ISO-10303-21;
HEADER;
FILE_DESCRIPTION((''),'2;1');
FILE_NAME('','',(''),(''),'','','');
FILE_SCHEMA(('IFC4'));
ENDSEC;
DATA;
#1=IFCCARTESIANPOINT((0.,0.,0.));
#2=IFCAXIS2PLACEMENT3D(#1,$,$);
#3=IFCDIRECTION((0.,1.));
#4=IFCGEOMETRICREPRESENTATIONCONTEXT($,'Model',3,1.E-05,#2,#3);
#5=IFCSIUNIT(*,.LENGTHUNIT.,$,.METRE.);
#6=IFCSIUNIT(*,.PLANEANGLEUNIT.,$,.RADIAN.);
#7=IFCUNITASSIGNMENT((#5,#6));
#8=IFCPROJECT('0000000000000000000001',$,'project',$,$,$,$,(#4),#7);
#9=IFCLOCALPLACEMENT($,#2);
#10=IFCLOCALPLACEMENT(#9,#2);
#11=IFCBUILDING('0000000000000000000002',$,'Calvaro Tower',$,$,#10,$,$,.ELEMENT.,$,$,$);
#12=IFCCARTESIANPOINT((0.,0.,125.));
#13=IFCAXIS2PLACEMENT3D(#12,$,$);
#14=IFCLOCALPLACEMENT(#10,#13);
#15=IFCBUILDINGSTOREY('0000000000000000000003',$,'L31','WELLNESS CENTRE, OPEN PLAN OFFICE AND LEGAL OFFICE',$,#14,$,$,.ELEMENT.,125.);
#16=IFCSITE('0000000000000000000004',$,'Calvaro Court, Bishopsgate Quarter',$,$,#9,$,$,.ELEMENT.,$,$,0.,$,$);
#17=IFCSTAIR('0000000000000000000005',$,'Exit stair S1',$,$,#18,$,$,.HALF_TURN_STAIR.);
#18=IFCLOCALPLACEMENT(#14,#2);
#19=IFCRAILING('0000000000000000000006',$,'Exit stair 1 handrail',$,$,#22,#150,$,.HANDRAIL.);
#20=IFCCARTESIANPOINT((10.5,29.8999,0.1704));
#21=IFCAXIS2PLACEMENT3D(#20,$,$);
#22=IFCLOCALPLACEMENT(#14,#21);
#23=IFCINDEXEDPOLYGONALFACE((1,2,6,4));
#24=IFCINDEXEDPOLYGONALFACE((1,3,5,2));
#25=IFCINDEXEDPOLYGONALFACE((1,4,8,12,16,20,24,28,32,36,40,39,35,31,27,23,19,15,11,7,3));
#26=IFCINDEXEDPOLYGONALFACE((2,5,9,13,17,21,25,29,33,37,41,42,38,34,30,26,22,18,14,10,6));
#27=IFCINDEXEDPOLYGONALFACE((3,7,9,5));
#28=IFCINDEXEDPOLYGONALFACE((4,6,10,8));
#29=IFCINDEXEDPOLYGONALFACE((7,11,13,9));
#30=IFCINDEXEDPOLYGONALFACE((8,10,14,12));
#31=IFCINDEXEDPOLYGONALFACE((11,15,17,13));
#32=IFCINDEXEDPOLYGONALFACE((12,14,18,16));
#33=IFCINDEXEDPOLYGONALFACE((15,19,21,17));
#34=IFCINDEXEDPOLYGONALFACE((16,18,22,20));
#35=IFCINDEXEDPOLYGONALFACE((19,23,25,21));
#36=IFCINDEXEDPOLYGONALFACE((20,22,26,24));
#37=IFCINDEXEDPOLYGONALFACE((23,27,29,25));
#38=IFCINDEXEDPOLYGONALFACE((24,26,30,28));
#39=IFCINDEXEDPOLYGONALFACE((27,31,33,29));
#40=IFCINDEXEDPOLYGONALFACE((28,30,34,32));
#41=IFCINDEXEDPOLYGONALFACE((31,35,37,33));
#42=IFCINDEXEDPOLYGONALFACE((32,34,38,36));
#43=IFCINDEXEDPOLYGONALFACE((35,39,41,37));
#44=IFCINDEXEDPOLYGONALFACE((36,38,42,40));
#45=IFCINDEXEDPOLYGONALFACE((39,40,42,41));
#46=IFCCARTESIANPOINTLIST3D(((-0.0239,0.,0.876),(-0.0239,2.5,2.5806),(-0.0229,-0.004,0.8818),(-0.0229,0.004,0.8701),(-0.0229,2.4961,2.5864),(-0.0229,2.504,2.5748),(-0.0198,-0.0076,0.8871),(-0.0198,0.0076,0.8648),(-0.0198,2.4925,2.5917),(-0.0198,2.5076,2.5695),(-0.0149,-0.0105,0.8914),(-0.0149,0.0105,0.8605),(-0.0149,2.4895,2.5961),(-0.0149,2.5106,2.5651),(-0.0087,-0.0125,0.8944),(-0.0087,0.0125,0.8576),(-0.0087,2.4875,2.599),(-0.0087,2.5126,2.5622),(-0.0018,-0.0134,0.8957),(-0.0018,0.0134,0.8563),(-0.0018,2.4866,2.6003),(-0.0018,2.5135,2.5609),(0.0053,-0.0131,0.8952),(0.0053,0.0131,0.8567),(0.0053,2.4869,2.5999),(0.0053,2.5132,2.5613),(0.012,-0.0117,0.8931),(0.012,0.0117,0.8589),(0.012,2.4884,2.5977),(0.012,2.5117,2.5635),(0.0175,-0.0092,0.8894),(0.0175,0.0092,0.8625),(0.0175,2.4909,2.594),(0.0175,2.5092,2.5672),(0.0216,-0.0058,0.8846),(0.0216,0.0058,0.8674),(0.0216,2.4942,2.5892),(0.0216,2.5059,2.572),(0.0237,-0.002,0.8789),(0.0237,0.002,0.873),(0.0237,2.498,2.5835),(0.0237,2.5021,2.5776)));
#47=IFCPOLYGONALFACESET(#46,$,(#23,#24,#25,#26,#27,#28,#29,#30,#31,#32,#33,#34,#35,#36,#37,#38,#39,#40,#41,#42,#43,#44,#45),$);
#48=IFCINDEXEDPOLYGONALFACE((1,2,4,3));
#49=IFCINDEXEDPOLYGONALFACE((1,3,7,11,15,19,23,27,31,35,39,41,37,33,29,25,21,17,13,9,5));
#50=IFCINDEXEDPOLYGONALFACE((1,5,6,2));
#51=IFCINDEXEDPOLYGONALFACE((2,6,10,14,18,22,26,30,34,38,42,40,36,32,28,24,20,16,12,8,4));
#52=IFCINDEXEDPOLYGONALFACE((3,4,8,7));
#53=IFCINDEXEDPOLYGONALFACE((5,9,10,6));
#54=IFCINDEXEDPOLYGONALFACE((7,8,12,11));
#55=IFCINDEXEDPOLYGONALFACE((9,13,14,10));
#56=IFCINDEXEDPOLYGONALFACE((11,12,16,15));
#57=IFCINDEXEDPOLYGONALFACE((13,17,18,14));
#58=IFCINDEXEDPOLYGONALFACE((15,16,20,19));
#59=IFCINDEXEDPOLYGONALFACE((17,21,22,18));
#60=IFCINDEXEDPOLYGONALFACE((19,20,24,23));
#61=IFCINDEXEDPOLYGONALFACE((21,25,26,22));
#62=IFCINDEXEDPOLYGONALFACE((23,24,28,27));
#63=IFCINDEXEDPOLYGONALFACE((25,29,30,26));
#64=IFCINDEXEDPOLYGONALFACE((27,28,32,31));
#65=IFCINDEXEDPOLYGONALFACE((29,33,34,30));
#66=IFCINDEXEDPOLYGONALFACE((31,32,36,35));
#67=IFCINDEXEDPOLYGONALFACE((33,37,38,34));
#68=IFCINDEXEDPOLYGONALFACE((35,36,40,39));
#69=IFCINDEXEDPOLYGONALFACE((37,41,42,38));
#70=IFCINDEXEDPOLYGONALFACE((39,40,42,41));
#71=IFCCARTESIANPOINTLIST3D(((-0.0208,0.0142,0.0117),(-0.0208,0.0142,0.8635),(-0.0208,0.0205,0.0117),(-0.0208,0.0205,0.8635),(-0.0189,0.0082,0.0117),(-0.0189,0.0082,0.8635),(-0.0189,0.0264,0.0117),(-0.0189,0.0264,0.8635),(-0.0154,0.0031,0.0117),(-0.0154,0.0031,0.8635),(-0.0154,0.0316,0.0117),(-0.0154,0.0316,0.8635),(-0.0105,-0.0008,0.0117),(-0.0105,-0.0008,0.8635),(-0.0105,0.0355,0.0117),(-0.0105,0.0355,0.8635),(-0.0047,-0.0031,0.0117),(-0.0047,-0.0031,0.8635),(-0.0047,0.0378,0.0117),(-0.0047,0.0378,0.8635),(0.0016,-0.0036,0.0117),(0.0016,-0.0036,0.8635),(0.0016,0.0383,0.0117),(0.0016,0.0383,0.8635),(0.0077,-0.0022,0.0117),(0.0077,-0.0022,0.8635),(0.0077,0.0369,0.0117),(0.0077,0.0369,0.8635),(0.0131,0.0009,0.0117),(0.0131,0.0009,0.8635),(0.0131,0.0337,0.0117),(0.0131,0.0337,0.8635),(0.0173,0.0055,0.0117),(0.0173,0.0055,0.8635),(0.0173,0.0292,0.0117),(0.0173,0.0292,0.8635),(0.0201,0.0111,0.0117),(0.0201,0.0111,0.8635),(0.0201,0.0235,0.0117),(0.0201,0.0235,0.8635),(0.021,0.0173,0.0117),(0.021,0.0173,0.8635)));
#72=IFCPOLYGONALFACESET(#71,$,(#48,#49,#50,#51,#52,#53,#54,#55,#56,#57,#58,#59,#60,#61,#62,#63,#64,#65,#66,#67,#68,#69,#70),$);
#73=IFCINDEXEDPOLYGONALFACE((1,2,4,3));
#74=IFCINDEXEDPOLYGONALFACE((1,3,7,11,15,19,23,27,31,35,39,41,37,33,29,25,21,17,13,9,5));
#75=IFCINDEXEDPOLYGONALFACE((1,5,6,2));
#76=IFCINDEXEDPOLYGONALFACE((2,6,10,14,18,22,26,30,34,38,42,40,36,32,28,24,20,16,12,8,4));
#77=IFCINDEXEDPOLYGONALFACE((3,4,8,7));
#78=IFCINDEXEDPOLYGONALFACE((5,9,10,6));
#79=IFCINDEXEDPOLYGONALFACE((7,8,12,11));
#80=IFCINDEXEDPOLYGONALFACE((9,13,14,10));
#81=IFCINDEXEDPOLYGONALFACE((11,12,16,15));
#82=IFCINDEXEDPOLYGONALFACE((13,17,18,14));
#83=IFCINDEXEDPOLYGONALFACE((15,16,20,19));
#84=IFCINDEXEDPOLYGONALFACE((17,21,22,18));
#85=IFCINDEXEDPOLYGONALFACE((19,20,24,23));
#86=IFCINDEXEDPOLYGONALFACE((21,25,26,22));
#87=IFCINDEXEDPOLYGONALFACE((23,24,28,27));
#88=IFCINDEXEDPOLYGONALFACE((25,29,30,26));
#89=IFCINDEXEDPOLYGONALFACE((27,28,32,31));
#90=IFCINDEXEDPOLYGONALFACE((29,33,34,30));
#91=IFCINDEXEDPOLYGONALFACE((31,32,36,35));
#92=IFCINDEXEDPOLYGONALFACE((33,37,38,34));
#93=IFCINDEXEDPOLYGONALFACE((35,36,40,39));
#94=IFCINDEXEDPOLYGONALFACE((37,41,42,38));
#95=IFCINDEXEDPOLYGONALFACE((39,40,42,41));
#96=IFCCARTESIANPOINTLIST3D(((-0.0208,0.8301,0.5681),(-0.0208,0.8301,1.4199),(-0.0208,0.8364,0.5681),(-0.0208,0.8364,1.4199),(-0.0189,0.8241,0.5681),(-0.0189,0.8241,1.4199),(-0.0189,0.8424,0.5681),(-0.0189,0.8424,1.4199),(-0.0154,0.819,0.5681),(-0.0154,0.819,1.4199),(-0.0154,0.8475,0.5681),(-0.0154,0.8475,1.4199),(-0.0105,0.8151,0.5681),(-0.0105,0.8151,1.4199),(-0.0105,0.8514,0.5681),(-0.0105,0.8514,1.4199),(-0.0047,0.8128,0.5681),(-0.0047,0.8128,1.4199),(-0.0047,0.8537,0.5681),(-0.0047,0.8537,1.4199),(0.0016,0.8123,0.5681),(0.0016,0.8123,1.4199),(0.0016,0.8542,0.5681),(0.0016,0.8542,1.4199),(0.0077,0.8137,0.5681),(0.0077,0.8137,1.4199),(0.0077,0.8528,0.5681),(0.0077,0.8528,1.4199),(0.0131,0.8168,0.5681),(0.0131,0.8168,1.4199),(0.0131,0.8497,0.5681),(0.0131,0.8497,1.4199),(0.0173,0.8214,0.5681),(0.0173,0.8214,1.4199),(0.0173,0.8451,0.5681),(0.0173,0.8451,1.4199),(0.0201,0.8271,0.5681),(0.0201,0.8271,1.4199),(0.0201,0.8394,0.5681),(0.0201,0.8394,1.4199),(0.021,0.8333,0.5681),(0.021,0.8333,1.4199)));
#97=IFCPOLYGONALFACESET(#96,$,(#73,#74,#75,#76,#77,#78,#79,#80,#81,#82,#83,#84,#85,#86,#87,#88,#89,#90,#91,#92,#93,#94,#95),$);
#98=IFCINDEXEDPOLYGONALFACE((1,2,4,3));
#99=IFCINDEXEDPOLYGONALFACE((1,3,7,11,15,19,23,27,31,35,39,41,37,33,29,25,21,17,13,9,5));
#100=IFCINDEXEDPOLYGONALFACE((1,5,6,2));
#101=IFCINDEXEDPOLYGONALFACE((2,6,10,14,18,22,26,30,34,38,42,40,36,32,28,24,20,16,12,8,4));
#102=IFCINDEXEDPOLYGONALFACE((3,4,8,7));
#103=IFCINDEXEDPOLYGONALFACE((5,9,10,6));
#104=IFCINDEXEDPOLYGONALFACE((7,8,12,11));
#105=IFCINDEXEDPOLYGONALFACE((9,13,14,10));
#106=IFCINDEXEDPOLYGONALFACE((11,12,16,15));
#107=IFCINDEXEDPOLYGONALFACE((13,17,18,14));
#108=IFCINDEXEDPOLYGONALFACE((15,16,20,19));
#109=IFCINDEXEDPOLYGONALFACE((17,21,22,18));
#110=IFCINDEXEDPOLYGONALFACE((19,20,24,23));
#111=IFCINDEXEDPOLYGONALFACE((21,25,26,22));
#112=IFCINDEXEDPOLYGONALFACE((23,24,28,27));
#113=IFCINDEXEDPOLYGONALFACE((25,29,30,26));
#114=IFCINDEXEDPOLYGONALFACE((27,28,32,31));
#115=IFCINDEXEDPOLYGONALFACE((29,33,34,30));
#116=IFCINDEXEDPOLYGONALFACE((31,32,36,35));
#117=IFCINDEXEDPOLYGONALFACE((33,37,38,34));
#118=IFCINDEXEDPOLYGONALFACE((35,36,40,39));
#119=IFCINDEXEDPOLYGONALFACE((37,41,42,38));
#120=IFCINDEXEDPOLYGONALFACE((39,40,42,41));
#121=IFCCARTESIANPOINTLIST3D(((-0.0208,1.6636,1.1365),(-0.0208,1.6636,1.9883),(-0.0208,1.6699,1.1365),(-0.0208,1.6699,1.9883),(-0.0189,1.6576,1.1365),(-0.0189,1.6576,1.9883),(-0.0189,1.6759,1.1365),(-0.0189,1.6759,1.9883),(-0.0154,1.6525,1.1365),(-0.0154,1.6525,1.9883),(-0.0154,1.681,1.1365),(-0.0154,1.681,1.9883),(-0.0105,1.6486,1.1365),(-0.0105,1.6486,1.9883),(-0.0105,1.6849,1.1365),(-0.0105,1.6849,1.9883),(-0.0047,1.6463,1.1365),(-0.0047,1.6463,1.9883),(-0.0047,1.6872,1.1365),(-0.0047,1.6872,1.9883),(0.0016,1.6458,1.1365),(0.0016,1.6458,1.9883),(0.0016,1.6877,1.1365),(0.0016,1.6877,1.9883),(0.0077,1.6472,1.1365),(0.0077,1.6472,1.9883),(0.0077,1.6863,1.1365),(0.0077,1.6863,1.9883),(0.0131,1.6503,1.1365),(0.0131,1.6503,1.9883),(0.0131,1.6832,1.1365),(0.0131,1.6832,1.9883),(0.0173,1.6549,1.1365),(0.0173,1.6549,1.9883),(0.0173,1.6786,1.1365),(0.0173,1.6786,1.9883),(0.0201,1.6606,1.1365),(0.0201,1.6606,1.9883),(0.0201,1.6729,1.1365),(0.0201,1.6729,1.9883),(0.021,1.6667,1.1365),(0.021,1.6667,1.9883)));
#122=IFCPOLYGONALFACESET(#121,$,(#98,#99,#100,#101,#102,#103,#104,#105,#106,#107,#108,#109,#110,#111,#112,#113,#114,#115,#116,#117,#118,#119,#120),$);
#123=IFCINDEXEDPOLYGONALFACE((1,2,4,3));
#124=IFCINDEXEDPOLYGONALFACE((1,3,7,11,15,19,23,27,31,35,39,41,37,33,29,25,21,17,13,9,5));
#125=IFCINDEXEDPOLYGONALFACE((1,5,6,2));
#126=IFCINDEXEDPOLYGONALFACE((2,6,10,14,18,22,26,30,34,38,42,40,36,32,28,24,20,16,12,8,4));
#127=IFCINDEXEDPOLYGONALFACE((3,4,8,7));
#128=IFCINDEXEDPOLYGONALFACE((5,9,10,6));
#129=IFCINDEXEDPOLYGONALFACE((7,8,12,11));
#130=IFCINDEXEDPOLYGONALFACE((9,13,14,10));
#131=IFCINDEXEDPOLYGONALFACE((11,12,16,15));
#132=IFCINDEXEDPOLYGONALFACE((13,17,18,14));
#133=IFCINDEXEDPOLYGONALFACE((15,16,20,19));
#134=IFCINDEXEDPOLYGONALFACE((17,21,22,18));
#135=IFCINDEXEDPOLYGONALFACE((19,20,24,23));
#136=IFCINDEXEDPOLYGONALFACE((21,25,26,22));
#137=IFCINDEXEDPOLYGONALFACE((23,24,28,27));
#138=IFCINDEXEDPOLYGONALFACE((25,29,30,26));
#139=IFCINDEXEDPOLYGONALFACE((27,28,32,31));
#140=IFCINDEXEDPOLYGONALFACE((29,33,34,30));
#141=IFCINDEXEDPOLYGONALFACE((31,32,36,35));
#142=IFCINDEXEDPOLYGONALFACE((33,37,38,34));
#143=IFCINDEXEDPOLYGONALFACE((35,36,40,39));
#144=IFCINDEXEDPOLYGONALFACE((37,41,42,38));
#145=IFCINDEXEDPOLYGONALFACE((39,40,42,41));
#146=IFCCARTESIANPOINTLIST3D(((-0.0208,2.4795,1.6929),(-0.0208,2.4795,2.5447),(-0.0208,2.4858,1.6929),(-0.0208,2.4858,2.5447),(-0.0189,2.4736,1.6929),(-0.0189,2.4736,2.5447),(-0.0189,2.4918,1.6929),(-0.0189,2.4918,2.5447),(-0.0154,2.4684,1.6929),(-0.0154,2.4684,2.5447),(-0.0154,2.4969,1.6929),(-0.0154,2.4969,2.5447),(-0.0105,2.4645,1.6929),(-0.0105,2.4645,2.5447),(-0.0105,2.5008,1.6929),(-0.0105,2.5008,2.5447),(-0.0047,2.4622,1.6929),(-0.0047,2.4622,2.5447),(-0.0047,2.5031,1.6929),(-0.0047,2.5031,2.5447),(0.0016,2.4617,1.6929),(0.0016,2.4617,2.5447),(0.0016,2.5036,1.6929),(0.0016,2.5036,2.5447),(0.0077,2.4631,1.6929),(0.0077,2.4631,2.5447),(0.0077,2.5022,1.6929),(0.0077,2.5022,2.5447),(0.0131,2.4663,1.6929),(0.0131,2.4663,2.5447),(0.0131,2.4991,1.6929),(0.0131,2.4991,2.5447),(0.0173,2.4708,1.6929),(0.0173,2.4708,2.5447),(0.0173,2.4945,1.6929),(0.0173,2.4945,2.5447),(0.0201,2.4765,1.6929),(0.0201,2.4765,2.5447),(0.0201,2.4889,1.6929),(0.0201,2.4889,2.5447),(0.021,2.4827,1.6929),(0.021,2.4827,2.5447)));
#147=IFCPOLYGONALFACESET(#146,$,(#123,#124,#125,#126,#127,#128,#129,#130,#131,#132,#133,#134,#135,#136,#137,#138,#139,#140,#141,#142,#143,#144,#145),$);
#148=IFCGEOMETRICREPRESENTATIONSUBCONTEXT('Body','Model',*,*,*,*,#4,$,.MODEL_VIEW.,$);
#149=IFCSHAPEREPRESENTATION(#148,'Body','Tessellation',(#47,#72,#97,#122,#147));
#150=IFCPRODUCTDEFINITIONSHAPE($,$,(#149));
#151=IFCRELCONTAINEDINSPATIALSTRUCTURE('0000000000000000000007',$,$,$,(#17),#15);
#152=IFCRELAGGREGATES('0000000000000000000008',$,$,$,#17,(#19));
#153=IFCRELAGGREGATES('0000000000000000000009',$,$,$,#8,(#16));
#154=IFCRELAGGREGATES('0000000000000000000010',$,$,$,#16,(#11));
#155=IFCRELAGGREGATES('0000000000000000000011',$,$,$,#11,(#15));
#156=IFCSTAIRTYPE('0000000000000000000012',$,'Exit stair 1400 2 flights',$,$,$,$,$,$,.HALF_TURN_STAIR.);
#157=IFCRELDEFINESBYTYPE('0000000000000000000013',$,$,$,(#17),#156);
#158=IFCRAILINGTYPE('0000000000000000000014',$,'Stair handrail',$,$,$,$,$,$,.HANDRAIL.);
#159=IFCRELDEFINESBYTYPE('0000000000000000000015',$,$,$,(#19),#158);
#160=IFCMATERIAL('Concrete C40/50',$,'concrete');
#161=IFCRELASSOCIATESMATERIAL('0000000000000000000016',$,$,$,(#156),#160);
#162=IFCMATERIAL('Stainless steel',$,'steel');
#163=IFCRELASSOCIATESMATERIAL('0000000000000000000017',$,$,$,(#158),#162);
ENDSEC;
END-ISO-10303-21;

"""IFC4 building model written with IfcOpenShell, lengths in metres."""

from ifc_helpers import new_model, si_unit, direction, frame, origin, origin_2d, place, context, subcontext, project, spatial, circle, extrude, material, type_object, element, aggregate, save


model = new_model("IFC4")

# Units and contexts
model_context = context("Model", 3, precision=1e-05, world=origin(), true_north=direction((0.0, 1.0)))
body_context = subcontext(model_context, "Body", "Model", "MODEL_VIEW")
ifc_project = project(units=[si_unit("LENGTHUNIT", "METRE"), si_unit("PLANEANGLEUNIT", "RADIAN")], contexts=[model_context])

# Site, building, storey
site_placement = place(None, origin())
site = spatial("IfcSite", under=ifc_project, at=site_placement, Name="Calvaro Court, Bishopsgate Quarter", CompositionType="ELEMENT", RefElevation=0.0)
building_placement = place(site_placement, origin())
building = spatial("IfcBuilding", under=site, at=building_placement, Name="Calvaro Tower", CompositionType="ELEMENT")
storey_placement = place(building_placement, frame((0.0, 0.0, 125.0)))
storey = spatial("IfcBuildingStorey", under=building, at=storey_placement, Name="L31", Description="WELLNESS CENTRE, OPEN PLAN OFFICE AND LEGAL OFFICE", CompositionType="ELEMENT", Elevation=125.0)

# Stair, railing
ifc_material_1 = material(Name="Concrete C40/50", Category="concrete")
stair_type = type_object("IfcStairType", Name="Exit stair 1400 2 flights", PredefinedType="HALF_TURN_STAIR", material=ifc_material_1)
stair_placement = place(storey_placement, origin())
stair = element("IfcStair", 1, at=stair_placement, inside=storey, type_object=stair_type, Name="Exit stair S1", PredefinedType="HALF_TURN_STAIR")
ifc_material_2 = material(Name="Stainless steel", Category="steel")
railing_type = type_object("IfcRailingType", Name="Stair handrail", PredefinedType="HANDRAIL", material=ifc_material_2)
railing_placement = place(storey_placement, frame((10.5, 29.8999, 0.1704)))
railing = element("IfcRailing", 2, at=railing_placement, type_object=railing_type, Name="Exit stair 1 handrail", PredefinedType="HANDRAIL", context=body_context, shape_type="SweptSolid", body=[
    extrude(circle(Radius=0.0239, at=origin_2d()), frame((0.0, 0.0, 0.876), z_axis=(0.0, 0.826221, 0.563347), x_axis=(-1.0, 0.0, 0.0)), (0.0, 0.0, 1.0), 3.0259),
    extrude(circle(Radius=0.021, at=origin_2d()), frame((0.0, 0.0173, 0.0117)), (0.0, 0.0, 1.0), 0.8518),
    extrude(circle(Radius=0.021, at=origin_2d()), frame((0.0, 0.8333, 0.5681)), (0.0, 0.0, 1.0), 0.8518),
    extrude(circle(Radius=0.021, at=origin_2d()), frame((0.0, 1.6667, 1.1365)), (0.0, 0.0, 1.0), 0.8518),
    extrude(circle(Radius=0.021, at=origin_2d()), frame((0.0, 2.4827, 1.6929)), (0.0, 0.0, 1.0), 0.8518),
])
aggregate(stair, [railing])

save(model, "model.ifc")
